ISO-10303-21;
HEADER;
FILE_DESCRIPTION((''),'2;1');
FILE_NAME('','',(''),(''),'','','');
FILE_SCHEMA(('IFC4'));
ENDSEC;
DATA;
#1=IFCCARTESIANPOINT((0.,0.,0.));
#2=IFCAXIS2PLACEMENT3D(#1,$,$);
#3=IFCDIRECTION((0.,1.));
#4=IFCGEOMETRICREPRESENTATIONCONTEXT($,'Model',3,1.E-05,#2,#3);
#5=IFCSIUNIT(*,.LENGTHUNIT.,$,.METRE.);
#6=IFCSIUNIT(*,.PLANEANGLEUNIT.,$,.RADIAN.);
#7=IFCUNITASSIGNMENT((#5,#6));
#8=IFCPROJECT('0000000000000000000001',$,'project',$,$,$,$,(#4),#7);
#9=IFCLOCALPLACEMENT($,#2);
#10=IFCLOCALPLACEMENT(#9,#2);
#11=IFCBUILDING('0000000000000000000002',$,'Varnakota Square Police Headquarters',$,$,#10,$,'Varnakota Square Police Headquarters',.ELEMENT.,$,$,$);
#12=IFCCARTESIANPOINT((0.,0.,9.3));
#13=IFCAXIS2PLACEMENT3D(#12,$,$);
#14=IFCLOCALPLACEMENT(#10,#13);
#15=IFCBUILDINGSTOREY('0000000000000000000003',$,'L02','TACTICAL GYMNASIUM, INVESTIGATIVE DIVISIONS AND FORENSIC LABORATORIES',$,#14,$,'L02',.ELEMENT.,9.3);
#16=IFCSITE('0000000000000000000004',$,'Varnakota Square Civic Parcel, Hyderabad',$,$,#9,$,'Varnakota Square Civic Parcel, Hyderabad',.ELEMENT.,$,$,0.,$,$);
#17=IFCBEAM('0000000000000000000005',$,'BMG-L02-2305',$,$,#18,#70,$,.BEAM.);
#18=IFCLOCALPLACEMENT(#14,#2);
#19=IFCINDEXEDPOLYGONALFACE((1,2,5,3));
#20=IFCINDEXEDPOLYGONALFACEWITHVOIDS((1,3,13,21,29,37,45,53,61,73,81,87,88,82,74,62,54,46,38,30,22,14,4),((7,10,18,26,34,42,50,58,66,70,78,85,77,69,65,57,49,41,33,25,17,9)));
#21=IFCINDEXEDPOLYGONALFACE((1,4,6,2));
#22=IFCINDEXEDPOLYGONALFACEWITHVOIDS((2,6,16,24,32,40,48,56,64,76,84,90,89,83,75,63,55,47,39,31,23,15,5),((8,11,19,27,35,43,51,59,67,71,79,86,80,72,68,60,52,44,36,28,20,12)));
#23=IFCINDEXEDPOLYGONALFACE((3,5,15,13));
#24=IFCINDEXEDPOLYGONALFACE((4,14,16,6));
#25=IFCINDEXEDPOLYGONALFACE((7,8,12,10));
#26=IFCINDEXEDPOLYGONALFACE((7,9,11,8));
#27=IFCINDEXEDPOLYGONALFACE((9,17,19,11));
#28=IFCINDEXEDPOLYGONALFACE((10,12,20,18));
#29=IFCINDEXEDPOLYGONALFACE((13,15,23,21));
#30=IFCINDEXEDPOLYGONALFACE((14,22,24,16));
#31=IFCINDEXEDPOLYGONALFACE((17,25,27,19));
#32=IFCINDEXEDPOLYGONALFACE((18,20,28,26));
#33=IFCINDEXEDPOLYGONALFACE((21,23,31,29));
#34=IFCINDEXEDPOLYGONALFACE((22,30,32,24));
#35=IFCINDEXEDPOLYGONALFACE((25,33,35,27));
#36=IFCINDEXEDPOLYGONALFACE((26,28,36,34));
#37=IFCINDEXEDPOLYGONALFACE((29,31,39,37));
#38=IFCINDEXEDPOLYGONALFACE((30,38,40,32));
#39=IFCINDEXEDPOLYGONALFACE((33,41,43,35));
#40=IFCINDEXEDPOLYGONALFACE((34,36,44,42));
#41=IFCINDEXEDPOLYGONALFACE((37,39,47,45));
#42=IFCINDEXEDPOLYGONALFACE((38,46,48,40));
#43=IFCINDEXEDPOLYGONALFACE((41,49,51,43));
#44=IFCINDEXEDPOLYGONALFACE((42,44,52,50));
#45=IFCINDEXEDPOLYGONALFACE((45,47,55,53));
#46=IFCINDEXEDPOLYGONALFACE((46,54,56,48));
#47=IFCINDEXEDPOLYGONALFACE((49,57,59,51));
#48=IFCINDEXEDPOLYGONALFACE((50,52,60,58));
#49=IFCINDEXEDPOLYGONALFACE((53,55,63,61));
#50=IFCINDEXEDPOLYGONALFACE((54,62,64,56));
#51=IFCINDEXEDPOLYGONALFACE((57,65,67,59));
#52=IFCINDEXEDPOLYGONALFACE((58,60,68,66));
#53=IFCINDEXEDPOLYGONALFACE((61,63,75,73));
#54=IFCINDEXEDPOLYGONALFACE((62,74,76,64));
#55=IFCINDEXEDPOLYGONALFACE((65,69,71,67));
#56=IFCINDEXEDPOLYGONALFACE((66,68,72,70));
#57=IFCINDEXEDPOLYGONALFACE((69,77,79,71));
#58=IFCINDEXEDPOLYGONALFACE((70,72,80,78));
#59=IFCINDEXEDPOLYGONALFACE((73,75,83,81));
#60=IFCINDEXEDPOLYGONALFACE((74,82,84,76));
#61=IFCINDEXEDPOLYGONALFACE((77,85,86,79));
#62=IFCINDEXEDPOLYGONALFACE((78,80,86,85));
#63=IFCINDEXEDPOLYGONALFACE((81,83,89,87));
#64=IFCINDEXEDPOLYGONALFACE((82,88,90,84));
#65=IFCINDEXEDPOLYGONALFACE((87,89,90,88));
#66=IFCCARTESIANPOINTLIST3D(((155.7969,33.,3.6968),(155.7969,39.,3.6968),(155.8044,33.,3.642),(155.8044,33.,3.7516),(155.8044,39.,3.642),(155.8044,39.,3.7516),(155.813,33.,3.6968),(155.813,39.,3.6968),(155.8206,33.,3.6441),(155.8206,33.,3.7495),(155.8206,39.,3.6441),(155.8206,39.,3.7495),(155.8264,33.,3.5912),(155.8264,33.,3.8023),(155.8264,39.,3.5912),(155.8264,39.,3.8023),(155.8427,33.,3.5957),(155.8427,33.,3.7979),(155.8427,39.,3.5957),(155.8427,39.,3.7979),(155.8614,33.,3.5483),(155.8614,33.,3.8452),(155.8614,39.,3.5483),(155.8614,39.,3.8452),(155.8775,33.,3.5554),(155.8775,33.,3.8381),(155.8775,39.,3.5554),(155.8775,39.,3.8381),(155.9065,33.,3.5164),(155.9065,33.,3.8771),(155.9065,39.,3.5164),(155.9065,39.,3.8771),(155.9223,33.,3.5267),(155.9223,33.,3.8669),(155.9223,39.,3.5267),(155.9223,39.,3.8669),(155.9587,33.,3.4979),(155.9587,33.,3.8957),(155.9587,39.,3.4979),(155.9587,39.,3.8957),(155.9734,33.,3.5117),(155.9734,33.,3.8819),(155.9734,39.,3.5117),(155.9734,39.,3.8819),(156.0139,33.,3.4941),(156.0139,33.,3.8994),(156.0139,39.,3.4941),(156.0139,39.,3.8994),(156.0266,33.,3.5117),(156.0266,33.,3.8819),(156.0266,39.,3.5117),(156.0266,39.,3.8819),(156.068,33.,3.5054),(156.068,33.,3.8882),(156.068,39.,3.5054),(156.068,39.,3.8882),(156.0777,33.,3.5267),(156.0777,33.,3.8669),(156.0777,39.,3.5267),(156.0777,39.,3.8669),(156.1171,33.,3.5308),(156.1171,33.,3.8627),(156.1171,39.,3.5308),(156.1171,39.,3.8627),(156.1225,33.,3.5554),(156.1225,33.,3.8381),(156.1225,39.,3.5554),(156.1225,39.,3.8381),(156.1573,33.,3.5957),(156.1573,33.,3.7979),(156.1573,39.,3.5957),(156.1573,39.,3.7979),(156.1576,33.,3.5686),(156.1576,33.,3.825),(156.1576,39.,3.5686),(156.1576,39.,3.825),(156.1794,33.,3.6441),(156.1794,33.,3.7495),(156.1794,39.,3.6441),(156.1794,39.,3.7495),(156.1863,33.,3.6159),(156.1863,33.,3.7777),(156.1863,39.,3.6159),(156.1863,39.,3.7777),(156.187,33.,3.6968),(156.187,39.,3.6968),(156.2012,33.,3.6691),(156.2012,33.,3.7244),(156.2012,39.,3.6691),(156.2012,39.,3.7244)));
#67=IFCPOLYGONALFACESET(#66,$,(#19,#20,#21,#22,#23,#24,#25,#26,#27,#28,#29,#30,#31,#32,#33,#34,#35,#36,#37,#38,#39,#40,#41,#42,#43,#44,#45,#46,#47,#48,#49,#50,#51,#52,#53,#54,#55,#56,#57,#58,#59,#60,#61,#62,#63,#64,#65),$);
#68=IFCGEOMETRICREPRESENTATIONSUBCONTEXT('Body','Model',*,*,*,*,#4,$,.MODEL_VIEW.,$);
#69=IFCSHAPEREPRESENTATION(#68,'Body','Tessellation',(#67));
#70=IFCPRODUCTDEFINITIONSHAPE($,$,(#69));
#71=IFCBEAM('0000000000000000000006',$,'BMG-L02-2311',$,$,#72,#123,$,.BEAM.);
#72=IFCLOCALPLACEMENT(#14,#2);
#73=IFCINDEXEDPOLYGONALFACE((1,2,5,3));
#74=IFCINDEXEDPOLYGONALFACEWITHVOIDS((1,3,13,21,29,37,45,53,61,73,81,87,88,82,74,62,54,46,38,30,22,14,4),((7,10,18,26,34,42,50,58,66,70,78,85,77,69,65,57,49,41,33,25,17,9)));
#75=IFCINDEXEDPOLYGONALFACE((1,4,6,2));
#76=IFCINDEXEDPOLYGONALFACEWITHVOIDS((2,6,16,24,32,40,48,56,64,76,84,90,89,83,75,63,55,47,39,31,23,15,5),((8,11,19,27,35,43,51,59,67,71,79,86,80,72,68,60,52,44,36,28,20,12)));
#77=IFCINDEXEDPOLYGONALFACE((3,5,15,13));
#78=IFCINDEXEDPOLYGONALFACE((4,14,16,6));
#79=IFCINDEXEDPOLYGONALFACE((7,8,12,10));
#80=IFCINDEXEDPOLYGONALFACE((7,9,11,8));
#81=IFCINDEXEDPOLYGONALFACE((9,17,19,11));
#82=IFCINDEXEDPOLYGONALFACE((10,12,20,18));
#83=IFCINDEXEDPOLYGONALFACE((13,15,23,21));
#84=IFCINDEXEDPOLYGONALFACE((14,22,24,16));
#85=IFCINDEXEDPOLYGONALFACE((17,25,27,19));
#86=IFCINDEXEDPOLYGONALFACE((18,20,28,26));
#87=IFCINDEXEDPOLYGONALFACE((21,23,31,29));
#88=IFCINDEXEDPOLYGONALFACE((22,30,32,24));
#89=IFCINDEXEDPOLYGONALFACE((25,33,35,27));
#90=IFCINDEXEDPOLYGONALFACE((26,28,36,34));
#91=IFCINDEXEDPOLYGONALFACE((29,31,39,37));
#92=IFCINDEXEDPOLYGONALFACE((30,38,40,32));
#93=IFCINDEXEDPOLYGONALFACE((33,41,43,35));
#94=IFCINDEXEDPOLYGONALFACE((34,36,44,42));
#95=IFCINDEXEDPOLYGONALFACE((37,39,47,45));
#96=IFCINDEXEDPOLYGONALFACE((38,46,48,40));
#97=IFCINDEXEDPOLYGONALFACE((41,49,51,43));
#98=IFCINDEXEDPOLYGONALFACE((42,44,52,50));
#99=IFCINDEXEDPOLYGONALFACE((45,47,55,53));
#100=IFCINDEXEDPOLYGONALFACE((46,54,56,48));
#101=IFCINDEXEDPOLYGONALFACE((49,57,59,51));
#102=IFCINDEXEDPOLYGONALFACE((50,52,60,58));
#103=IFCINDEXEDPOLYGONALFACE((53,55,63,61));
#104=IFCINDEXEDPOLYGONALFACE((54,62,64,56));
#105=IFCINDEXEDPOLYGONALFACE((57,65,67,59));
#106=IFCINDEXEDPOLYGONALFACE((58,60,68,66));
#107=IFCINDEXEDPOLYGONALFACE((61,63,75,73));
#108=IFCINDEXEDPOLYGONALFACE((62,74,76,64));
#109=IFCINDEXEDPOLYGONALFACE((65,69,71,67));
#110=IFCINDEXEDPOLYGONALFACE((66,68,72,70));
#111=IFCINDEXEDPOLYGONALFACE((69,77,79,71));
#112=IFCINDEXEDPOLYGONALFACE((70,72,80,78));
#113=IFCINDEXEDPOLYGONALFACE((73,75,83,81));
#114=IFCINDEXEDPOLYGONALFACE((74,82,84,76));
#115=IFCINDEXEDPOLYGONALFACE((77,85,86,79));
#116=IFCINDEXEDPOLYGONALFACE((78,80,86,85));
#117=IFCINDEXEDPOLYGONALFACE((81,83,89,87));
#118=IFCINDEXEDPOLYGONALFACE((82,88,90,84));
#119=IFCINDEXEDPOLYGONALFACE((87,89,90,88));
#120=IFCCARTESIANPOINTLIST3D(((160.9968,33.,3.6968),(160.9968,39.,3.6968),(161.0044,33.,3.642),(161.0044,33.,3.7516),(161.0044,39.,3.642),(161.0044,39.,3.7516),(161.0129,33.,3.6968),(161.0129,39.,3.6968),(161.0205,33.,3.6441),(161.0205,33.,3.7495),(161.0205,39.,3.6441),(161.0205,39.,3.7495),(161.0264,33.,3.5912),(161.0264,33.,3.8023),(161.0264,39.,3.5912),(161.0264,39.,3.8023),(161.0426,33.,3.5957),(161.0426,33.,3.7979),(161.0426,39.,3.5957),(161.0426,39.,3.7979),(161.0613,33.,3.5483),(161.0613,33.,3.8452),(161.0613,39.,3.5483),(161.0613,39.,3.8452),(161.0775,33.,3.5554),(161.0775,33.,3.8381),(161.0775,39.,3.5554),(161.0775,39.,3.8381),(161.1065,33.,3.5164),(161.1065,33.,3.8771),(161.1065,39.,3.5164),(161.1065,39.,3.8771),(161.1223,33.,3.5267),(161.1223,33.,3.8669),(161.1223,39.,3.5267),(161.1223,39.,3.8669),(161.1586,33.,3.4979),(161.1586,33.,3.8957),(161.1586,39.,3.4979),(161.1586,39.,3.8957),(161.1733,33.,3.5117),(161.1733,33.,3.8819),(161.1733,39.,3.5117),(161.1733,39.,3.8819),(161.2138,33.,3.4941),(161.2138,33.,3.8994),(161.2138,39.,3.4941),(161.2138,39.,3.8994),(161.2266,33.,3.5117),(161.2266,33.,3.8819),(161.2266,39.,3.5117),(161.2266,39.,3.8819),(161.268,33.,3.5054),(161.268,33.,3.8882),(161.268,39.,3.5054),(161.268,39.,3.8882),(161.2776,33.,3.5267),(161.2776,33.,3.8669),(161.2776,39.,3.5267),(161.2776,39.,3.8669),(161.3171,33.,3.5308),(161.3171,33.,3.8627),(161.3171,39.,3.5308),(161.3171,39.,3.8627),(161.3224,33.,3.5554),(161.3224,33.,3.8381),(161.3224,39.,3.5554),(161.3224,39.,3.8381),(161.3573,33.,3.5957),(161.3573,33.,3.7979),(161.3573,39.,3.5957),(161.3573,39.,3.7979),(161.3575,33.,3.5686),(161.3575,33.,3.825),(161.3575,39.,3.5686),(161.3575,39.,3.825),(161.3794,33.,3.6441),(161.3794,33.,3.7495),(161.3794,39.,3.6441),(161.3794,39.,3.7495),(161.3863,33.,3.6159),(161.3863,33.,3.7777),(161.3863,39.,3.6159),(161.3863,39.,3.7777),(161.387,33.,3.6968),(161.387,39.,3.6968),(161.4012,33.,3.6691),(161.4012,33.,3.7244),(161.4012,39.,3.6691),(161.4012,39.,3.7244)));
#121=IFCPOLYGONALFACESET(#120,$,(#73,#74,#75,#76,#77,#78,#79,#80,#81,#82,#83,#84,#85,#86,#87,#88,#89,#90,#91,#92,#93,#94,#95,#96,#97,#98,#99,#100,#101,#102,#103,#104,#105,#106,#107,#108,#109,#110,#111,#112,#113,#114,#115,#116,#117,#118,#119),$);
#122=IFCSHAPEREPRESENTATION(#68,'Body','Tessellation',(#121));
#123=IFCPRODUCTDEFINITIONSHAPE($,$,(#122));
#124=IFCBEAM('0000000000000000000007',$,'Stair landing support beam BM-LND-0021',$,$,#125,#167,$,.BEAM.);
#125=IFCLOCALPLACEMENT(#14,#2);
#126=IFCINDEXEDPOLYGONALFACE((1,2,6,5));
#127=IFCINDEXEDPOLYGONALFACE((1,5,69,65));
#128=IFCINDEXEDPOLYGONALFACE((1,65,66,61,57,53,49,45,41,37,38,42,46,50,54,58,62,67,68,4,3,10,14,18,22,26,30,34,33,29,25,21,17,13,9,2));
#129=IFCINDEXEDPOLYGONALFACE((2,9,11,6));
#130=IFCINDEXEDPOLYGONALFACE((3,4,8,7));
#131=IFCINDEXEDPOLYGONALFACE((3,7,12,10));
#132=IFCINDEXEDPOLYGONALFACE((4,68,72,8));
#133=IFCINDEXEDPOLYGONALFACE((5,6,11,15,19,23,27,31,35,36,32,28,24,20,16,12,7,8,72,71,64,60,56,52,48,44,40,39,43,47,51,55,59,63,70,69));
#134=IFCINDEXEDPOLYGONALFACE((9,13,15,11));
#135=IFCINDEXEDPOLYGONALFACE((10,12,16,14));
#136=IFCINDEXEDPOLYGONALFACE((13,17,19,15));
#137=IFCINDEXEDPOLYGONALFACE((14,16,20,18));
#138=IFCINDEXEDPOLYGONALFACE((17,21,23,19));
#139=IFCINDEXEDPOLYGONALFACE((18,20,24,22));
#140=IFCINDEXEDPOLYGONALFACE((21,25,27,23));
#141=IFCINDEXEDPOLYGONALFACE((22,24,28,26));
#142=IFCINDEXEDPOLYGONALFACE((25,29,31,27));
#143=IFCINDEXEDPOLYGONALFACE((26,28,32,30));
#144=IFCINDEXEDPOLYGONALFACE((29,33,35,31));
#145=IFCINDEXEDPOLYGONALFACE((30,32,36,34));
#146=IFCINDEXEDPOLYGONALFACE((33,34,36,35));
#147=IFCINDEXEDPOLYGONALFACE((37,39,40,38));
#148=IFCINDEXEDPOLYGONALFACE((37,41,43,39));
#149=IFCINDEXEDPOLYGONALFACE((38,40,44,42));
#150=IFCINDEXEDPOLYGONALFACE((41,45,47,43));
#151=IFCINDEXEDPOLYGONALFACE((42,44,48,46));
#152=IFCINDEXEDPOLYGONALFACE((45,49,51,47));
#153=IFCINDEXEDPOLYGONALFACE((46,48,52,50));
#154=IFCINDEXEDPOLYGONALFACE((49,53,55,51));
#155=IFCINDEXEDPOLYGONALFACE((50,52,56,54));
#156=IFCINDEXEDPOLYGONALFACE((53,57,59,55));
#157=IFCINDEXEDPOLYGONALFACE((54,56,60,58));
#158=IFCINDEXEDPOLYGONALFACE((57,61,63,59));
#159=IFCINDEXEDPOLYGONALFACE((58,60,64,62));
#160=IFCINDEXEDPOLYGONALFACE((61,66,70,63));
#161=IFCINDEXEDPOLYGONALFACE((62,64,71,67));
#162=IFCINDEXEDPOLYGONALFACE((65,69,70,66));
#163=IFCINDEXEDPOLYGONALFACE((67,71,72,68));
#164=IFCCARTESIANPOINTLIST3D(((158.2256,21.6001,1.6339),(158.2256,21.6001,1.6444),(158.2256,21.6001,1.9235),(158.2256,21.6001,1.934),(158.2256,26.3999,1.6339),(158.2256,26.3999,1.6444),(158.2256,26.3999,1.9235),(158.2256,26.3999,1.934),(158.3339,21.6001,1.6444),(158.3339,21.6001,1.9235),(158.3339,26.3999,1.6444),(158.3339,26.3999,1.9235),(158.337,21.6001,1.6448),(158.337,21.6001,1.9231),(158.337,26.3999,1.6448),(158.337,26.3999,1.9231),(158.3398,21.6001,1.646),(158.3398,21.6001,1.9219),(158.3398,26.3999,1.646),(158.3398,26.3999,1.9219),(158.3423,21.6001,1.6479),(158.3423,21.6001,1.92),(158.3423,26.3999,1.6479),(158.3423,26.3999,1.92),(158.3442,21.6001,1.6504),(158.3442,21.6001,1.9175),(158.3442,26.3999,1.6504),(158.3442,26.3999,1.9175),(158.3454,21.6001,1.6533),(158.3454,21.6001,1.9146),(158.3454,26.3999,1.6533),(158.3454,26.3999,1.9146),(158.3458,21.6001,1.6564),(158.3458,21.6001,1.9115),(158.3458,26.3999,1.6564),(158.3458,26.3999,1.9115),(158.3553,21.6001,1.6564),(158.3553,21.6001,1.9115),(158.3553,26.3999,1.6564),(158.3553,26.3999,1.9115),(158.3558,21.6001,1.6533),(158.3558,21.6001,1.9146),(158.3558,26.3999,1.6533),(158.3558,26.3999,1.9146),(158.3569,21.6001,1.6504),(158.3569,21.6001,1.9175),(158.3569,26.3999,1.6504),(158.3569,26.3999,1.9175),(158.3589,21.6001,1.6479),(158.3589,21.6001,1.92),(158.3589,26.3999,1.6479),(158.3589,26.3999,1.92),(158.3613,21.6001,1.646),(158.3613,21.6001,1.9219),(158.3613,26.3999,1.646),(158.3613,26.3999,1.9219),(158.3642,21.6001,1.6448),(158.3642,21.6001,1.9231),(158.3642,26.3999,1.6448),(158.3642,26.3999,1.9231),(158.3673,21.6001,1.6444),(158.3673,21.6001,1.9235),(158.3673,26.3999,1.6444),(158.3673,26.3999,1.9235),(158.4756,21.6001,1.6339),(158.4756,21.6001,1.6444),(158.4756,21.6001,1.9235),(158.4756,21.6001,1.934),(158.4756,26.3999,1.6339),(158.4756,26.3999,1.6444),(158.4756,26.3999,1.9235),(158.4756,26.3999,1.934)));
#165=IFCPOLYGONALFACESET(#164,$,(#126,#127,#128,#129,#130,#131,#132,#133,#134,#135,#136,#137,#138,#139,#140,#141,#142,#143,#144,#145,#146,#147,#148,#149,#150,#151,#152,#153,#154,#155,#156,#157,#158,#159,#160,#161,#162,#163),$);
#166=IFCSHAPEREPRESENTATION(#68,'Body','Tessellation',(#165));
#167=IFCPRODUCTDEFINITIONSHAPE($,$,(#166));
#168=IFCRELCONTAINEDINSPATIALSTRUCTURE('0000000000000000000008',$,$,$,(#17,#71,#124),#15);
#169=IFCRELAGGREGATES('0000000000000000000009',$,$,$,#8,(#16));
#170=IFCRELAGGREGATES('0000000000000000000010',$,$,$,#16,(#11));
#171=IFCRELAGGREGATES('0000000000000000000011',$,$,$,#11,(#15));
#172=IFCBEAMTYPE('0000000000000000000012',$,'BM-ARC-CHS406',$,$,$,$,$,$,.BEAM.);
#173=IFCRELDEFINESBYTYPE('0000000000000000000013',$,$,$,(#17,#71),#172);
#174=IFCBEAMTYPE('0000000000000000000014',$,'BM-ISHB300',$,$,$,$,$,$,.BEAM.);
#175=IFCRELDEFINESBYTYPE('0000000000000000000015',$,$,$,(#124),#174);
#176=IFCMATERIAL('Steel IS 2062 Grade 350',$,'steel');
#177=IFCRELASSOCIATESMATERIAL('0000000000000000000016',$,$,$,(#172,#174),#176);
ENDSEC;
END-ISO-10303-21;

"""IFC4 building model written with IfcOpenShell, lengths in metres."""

from ifc_helpers import new_model, si_unit, direction, frame, origin, origin_2d, place, context, subcontext, project, spatial, hollow_circle, i_section, extrude, material, material_profile, profile_set, type_object, element, save


model = new_model("IFC4")

# Units and contexts
model_context = context("Model", 3, precision=1e-05, world=origin(), true_north=direction((0.0, 1.0)))
body_context = subcontext(model_context, "Body", "Model", "MODEL_VIEW")
ifc_project = project(units=[si_unit("LENGTHUNIT", "METRE"), si_unit("PLANEANGLEUNIT", "RADIAN")], contexts=[model_context])

# Site, building, storey
site_placement = place(None, origin())
site = spatial("IfcSite", under=ifc_project, at=site_placement, Name="Varnakota Square Civic Parcel, Hyderabad", LongName="Varnakota Square Civic Parcel, Hyderabad", CompositionType="ELEMENT", RefElevation=0.0)
building_placement = place(site_placement, origin())
building = spatial("IfcBuilding", under=site, at=building_placement, Name="Varnakota Square Police Headquarters", LongName="Varnakota Square Police Headquarters", CompositionType="ELEMENT")
storey_placement = place(building_placement, frame((0.0, 0.0, 9.3)))
storey = spatial("IfcBuildingStorey", under=building, at=storey_placement, Name="L02", Description="TACTICAL GYMNASIUM, INVESTIGATIVE DIVISIONS AND FORENSIC LABORATORIES", LongName="L02", CompositionType="ELEMENT", Elevation=9.3)

# Shared definitions
ifc_material_1 = material(Name="Steel IS 2062 Grade 350", Category="steel")

# Beams
ifc_material_profile_1 = material_profile(ifc_material_1, hollow_circle(Radius=0.2031, WallThickness=0.0161, at=origin_2d()), Name="CHS 406.4x16.0")
ifc_profile_set_1 = profile_set([ifc_material_profile_1], Name="Steel IS 2062 Grade 350")
beam_type_1 = type_object("IfcBeamType", Name="BM-ARC-CHS406", PredefinedType="BEAM", material=ifc_profile_set_1)
for number, where, z_axis, x_axis, name in (
    (1, (156.0, 33.0, 3.6968), (0.0, 1.0, 0.0), (-1.0, 0.0, 0.0), "BMG-L02-2305"),
    (2, (161.2, 33.0, 3.6968), (0.0, 1.0, 0.0), (-1.0, 0.0, 0.0), "BMG-L02-2311"),
):
    element("IfcBeam", number, at=place(storey_placement, frame(where, z_axis=z_axis, x_axis=x_axis)), inside=storey, type_object=beam_type_1, Name=name, PredefinedType="BEAM", context=body_context, shape_type="SweptSolid", body=[
        extrude(hollow_circle(Radius=0.2031, WallThickness=0.0161, at=origin_2d()), origin(), (0.0, 0.0, 1.0), 6.0),
    ])
ifc_material_profile_2 = material_profile(ifc_material_1, i_section(OverallWidth=0.25, OverallDepth=0.3, WebThickness=0.0095, FlangeThickness=0.0105, FilletRadius=0.012, at=origin_2d()), Name="ISHB 300")
ifc_profile_set_2 = profile_set([ifc_material_profile_2], Name="Steel IS 2062 Grade 350")
beam_type_2 = type_object("IfcBeamType", Name="BM-ISHB300", PredefinedType="BEAM", material=ifc_profile_set_2)
beam_1_placement = place(storey_placement, frame((158.3506, 21.6001, 1.7839), z_axis=(0.0, 1.0, 0.0), x_axis=(-1.0, 0.0, 0.0)))
element("IfcBeam", 3, at=beam_1_placement, inside=storey, type_object=beam_type_2, Name="Stair landing support beam BM-LND-0021", PredefinedType="BEAM", context=body_context, shape_type="SweptSolid", body=[
    extrude(i_section(OverallWidth=0.25, OverallDepth=0.3, WebThickness=0.0095, FlangeThickness=0.0105, FilletRadius=0.012, at=origin_2d()), origin(), (0.0, 0.0, 1.0), 4.7998),
])

save(model, "model.ifc")
